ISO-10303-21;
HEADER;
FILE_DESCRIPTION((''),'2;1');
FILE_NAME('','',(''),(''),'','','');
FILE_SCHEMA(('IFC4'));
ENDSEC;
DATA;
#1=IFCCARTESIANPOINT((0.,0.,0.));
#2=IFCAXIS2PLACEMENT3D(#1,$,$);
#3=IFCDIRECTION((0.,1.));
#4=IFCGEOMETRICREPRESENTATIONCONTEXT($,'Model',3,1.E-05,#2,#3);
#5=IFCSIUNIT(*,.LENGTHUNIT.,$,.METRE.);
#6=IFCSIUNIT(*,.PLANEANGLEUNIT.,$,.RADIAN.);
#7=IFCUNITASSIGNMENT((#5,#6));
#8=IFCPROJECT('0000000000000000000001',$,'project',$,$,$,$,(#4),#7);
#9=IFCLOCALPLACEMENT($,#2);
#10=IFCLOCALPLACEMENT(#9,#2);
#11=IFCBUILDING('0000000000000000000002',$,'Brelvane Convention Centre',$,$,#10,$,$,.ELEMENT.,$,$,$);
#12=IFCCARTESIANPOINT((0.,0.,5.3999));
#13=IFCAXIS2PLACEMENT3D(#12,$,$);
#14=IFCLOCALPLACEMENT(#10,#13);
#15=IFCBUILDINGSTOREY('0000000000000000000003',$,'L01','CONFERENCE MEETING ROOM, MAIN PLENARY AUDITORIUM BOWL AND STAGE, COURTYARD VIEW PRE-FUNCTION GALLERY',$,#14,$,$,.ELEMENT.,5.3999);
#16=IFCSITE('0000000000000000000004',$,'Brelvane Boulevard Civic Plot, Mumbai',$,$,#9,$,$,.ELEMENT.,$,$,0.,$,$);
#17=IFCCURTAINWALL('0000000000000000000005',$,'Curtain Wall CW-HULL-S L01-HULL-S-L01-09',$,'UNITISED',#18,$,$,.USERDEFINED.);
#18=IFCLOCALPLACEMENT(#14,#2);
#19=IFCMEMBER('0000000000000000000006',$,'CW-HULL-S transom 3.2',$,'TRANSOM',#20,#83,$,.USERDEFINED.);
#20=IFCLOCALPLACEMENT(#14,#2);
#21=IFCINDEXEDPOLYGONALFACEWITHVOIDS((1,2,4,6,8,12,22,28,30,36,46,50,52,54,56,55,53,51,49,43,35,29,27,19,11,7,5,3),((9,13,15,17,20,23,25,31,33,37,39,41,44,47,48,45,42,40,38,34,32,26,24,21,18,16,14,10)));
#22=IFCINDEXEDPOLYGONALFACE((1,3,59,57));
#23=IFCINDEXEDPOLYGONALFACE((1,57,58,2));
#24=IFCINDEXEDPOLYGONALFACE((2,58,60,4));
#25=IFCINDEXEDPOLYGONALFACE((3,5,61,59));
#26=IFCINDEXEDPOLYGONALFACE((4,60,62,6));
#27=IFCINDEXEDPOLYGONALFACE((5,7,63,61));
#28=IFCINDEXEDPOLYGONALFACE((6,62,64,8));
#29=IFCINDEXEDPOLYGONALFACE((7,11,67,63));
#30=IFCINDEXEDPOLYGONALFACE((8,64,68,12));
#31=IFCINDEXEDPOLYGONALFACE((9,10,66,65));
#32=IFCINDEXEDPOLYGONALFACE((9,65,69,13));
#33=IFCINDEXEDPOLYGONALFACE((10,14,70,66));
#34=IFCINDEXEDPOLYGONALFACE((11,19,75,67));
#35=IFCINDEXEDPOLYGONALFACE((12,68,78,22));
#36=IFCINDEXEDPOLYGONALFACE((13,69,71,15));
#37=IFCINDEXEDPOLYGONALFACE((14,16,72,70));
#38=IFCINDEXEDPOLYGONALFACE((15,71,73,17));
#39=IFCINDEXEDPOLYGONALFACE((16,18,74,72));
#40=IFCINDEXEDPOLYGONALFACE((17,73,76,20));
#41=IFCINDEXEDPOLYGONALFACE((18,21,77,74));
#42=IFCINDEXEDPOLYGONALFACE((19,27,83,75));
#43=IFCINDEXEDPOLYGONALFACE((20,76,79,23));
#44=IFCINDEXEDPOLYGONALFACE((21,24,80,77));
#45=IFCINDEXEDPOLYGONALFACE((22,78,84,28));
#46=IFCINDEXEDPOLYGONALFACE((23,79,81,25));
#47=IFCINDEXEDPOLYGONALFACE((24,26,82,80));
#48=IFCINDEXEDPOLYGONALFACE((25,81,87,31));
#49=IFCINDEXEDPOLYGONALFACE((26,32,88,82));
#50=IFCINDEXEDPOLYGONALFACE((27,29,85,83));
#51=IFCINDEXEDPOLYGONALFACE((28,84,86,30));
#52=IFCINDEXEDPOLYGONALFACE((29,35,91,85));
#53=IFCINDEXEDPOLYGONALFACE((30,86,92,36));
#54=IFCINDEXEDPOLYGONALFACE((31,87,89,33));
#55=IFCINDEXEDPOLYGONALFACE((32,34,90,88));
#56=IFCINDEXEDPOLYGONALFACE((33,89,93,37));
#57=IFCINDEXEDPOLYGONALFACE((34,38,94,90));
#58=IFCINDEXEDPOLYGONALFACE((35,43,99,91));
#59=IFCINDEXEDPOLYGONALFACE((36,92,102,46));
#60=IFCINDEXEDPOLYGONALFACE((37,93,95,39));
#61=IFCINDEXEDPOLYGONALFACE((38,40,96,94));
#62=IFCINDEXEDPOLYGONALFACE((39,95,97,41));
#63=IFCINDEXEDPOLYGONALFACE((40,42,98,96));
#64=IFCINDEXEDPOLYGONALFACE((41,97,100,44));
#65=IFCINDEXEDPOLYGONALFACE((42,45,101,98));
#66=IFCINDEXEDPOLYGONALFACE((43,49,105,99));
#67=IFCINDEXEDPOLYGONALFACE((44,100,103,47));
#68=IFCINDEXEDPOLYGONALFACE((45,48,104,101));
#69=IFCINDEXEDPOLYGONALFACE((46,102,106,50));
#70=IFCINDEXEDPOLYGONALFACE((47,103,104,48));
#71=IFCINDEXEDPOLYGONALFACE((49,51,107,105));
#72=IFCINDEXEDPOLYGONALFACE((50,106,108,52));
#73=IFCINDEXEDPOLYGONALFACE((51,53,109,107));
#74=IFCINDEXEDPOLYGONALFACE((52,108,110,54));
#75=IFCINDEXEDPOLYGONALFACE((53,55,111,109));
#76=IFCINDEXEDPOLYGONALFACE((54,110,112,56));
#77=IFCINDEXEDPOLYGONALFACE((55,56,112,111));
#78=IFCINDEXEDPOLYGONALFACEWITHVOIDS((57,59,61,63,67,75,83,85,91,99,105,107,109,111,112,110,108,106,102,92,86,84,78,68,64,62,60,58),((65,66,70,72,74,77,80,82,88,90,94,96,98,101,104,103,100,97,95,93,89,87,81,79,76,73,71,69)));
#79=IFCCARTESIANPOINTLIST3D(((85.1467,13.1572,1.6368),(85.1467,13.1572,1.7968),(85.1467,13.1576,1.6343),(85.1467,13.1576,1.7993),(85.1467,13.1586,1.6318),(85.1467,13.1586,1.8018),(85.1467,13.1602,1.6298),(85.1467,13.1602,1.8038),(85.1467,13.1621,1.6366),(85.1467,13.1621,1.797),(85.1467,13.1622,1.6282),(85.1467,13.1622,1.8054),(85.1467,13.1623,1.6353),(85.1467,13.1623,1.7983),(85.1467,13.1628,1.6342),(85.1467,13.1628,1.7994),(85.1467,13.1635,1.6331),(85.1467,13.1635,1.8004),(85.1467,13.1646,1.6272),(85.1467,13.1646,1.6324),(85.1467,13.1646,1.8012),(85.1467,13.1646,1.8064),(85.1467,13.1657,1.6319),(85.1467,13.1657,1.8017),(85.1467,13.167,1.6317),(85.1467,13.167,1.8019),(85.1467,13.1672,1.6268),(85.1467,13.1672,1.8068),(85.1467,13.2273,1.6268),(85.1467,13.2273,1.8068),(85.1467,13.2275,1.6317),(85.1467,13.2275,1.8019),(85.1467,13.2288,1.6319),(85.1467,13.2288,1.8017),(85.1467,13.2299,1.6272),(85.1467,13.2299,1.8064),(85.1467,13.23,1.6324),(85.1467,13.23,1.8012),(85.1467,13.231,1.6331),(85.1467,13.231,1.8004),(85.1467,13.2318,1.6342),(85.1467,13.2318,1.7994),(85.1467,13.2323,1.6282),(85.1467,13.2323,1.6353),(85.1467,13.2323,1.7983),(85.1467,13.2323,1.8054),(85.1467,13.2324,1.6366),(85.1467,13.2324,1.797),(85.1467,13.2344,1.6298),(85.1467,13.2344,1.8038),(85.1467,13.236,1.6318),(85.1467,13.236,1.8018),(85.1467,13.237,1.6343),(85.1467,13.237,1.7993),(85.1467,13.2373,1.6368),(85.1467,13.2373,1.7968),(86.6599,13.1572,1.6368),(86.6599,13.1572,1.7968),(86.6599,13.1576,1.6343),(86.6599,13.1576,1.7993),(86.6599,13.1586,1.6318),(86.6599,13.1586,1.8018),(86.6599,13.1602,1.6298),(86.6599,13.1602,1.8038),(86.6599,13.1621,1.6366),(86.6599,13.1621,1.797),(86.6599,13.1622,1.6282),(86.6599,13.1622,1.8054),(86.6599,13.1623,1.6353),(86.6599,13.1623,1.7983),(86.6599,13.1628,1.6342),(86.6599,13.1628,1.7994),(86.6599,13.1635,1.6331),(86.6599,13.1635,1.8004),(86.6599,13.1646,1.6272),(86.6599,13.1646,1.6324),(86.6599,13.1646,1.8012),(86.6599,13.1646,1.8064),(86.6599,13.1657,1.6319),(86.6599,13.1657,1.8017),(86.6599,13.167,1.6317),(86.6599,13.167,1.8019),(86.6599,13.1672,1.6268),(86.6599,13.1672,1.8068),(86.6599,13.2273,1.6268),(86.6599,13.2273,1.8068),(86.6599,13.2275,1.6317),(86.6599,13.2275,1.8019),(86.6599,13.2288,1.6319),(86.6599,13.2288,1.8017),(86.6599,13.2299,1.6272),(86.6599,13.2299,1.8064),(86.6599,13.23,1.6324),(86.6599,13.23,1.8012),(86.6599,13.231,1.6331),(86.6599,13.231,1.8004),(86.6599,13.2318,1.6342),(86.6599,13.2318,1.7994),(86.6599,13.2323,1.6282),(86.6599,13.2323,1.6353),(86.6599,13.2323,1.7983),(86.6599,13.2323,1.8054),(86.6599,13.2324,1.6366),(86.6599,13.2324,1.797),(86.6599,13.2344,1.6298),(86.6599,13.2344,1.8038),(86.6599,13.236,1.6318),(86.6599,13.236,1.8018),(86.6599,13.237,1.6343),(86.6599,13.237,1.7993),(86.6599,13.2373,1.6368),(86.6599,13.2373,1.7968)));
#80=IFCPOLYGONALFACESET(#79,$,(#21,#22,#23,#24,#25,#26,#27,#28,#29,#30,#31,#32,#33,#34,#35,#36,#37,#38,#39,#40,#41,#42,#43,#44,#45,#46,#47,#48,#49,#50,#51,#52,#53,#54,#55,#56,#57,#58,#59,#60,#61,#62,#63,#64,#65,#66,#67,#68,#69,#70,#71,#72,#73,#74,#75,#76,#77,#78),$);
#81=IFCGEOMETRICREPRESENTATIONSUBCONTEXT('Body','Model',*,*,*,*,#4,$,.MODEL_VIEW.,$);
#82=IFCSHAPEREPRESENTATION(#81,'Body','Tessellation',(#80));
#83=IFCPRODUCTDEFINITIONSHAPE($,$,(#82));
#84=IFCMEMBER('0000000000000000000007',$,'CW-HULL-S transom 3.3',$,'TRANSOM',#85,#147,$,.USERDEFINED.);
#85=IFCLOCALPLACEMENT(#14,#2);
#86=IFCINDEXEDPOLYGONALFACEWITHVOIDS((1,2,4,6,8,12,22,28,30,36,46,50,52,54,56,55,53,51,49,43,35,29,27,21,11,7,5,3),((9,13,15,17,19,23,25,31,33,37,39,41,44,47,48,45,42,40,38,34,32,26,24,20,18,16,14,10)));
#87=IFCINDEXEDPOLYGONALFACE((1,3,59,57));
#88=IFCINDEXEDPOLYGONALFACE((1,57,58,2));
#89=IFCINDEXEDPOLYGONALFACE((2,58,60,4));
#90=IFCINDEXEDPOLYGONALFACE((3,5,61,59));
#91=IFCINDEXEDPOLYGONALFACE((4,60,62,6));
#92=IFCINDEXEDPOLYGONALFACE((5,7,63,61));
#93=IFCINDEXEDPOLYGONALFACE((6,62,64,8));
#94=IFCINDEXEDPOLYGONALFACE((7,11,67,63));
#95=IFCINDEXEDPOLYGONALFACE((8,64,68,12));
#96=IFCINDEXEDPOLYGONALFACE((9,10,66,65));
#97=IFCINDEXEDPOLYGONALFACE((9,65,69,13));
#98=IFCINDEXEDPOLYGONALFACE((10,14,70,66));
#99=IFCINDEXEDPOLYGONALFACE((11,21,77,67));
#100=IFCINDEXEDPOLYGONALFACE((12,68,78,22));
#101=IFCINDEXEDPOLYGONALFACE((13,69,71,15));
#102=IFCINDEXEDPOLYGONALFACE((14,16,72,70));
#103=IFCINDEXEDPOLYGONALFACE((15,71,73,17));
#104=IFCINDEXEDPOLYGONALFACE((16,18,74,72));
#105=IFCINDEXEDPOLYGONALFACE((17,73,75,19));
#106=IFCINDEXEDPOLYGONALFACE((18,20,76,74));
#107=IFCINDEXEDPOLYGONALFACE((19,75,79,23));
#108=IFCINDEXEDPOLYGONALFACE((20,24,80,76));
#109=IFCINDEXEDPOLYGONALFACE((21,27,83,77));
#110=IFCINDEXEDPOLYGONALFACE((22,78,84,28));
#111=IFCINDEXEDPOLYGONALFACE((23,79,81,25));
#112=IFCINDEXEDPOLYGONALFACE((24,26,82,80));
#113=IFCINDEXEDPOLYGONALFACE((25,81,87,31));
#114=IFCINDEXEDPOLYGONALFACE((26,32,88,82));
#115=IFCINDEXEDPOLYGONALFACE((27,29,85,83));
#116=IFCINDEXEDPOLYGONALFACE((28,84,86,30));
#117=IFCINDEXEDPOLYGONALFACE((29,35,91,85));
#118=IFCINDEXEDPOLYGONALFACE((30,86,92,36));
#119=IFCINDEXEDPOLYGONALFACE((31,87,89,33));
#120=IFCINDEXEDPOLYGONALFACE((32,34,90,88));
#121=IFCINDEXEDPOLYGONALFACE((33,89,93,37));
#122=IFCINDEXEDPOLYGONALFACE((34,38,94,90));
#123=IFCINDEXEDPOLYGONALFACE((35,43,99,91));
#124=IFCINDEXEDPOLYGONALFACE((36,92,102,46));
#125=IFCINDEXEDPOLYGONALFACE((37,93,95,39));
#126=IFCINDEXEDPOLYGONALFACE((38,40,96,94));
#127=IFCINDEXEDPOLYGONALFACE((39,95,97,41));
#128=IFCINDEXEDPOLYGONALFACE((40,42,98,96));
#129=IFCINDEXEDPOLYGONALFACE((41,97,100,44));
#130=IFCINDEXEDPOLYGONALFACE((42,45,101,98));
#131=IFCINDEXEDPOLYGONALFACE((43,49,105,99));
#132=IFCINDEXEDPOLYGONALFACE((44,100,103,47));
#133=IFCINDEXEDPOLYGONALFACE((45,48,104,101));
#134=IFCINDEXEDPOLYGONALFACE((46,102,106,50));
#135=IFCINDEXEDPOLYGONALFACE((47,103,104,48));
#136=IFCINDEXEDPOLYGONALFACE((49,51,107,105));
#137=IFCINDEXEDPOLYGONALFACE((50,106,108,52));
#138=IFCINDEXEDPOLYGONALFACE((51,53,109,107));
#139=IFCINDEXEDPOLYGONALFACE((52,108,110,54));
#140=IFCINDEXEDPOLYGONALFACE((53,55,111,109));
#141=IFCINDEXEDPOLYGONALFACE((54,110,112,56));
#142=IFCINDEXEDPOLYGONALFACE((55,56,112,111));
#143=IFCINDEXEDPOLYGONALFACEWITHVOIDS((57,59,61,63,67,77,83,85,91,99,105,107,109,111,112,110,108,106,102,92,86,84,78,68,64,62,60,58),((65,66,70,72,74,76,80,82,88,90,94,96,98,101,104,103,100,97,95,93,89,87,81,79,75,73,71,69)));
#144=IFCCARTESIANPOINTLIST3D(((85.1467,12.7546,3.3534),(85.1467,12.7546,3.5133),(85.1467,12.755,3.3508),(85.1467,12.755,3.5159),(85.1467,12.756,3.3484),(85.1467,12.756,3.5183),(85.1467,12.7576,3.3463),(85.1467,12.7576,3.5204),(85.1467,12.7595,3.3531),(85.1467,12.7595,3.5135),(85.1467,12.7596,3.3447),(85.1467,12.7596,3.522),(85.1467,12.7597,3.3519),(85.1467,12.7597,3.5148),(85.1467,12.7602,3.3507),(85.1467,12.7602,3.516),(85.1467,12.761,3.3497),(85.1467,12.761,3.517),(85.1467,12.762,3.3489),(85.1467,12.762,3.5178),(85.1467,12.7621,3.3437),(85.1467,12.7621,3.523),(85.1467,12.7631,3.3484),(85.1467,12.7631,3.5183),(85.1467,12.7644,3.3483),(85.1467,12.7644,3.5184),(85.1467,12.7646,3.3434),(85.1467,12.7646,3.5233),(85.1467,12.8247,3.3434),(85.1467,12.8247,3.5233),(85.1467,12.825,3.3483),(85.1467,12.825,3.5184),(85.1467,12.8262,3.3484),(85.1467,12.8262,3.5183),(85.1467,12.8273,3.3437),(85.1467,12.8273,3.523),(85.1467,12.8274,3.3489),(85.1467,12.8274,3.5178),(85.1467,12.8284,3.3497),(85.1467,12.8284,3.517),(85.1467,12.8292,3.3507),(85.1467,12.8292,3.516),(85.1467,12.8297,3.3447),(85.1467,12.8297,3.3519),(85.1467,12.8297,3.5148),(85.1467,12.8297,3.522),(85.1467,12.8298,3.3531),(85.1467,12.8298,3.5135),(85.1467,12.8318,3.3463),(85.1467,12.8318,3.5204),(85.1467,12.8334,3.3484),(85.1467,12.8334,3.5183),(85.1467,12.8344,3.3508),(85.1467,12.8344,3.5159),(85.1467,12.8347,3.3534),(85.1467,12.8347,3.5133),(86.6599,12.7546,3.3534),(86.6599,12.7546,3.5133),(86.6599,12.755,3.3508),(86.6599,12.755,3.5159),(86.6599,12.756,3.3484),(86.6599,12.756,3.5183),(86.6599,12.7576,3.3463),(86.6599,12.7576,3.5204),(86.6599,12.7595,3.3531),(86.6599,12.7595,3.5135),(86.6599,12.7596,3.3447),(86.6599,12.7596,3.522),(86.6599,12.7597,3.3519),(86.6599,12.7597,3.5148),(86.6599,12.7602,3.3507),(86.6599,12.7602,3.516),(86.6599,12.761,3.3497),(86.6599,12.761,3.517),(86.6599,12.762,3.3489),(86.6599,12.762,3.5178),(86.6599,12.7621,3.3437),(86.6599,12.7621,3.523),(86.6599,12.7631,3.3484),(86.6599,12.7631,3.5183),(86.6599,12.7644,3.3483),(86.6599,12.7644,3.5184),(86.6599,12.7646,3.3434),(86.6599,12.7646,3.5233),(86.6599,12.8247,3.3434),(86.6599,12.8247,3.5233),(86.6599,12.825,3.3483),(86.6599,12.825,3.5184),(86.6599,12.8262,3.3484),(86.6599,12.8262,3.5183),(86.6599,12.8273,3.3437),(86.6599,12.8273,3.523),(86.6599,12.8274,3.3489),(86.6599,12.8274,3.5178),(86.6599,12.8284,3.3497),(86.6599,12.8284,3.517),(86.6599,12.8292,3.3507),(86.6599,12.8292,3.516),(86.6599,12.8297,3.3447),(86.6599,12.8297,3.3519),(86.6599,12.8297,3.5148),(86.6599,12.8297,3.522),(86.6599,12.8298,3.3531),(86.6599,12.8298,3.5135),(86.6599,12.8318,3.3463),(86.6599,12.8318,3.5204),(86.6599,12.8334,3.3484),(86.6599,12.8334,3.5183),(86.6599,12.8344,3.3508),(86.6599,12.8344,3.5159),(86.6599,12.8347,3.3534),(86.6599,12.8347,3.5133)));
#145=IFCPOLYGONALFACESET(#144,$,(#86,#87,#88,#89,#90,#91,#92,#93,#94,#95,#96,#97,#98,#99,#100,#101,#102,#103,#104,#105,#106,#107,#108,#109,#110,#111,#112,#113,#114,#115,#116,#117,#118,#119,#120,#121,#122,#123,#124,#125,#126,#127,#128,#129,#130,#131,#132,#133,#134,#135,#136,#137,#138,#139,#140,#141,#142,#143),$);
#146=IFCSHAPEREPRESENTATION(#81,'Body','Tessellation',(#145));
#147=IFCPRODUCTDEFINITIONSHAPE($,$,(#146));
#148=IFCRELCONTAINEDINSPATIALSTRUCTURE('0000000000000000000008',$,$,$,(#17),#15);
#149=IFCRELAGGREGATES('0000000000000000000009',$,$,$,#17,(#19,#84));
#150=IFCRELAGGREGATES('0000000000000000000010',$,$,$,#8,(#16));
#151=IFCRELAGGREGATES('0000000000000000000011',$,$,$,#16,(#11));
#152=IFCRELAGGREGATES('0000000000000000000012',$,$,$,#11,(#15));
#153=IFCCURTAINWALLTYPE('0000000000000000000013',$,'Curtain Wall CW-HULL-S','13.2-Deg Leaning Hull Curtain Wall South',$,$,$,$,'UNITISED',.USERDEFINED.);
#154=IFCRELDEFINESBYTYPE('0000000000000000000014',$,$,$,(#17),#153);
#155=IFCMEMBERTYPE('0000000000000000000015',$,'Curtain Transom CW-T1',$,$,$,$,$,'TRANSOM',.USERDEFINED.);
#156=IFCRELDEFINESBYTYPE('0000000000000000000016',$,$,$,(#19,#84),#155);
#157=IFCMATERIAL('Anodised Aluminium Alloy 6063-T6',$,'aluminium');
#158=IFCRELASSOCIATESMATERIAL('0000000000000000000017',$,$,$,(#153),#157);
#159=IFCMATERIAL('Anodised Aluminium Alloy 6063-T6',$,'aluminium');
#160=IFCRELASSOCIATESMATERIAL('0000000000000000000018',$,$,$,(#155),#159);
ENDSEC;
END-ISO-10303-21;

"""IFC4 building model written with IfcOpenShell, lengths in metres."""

from ifc_helpers import new_model, si_unit, direction, frame, origin, origin_2d, place, context, subcontext, project, spatial, hollow_rectangle, extrude, material, material_profile, profile_set, type_object, element, aggregate, save


model = new_model("IFC4")

# Units and contexts
model_context = context("Model", 3, precision=1e-05, world=origin(), true_north=direction((0.0, 1.0)))
body_context = subcontext(model_context, "Body", "Model", "MODEL_VIEW")
ifc_project = project(units=[si_unit("LENGTHUNIT", "METRE"), si_unit("PLANEANGLEUNIT", "RADIAN")], contexts=[model_context])

# Site, building, storey
site_placement = place(None, origin())
site = spatial("IfcSite", under=ifc_project, at=site_placement, Name="Brelvane Boulevard Civic Plot, Mumbai", CompositionType="ELEMENT", RefElevation=0.0)
building_placement = place(site_placement, origin())
building = spatial("IfcBuilding", under=site, at=building_placement, Name="Brelvane Convention Centre", CompositionType="ELEMENT")
storey_placement = place(building_placement, frame((0.0, 0.0, 5.3999)))
storey = spatial("IfcBuildingStorey", under=building, at=storey_placement, Name="L01", Description="CONFERENCE MEETING ROOM, MAIN PLENARY AUDITORIUM BOWL AND STAGE, COURTYARD VIEW PRE-FUNCTION GALLERY", CompositionType="ELEMENT", Elevation=5.3999)

# Curtain wall, members
ifc_material_1 = material(Name="Anodised Aluminium Alloy 6063-T6", Category="aluminium")
curtain_wall_type = type_object("IfcCurtainWallType", Name="Curtain Wall CW-HULL-S", Description="13.2-Deg Leaning Hull Curtain Wall South", ElementType="UNITISED", PredefinedType="USERDEFINED", material=ifc_material_1)
ifc_material_2 = material(Name="Anodised Aluminium Alloy 6063-T6", Category="aluminium")
ifc_material_profile = material_profile(ifc_material_2, hollow_rectangle(XDim=0.0801, YDim=0.1799, WallThickness=0.0049, InnerFilletRadius=0.0049, OuterFilletRadius=0.01, at=origin_2d()), Name="ALU-T 180x80x5.0")
ifc_profile_set = profile_set([ifc_material_profile], Name="Anodised Aluminium Alloy 6063-T6")
member_type = type_object("IfcMemberType", Name="Curtain Transom CW-T1", ElementType="TRANSOM", PredefinedType="USERDEFINED", material=ifc_profile_set)
curtain_wall_1_placement = place(storey_placement, origin())
curtain_wall_1 = element("IfcCurtainWall", 1, at=curtain_wall_1_placement, inside=storey, type_object=curtain_wall_type, Name="Curtain Wall CW-HULL-S L01-HULL-S-L01-09", ObjectType="UNITISED", PredefinedType="USERDEFINED")
member_1_placement = place(storey_placement, frame((85.1467, 13.1973, 1.7168), z_axis=(1.0, 0.0, 0.0), x_axis=(0.0, 1.0, 0.0)))
member_1 = element("IfcMember", 2, at=member_1_placement, type_object=member_type, Name="CW-HULL-S transom 3.2", ObjectType="TRANSOM", PredefinedType="USERDEFINED", context=body_context, shape_type="SweptSolid", body=[
    extrude(hollow_rectangle(XDim=0.0801, YDim=0.1799, WallThickness=0.0049, InnerFilletRadius=0.0049, OuterFilletRadius=0.01, at=origin_2d()), origin(), (0.0, 0.0, 1.0), 1.5132),
])
member_2_placement = place(storey_placement, frame((85.1467, 12.7947, 3.4333), z_axis=(1.0, 0.0, 0.0), x_axis=(0.0, 1.0, 0.0)))
member_2 = element("IfcMember", 3, at=member_2_placement, type_object=member_type, Name="CW-HULL-S transom 3.3", ObjectType="TRANSOM", PredefinedType="USERDEFINED", context=body_context, shape_type="SweptSolid", body=[
    extrude(hollow_rectangle(XDim=0.0801, YDim=0.1799, WallThickness=0.0049, InnerFilletRadius=0.0049, OuterFilletRadius=0.01, at=origin_2d()), origin(), (0.0, 0.0, 1.0), 1.5132),
])

aggregate(curtain_wall_1, [member_1, member_2])

save(model, "model.ifc")
